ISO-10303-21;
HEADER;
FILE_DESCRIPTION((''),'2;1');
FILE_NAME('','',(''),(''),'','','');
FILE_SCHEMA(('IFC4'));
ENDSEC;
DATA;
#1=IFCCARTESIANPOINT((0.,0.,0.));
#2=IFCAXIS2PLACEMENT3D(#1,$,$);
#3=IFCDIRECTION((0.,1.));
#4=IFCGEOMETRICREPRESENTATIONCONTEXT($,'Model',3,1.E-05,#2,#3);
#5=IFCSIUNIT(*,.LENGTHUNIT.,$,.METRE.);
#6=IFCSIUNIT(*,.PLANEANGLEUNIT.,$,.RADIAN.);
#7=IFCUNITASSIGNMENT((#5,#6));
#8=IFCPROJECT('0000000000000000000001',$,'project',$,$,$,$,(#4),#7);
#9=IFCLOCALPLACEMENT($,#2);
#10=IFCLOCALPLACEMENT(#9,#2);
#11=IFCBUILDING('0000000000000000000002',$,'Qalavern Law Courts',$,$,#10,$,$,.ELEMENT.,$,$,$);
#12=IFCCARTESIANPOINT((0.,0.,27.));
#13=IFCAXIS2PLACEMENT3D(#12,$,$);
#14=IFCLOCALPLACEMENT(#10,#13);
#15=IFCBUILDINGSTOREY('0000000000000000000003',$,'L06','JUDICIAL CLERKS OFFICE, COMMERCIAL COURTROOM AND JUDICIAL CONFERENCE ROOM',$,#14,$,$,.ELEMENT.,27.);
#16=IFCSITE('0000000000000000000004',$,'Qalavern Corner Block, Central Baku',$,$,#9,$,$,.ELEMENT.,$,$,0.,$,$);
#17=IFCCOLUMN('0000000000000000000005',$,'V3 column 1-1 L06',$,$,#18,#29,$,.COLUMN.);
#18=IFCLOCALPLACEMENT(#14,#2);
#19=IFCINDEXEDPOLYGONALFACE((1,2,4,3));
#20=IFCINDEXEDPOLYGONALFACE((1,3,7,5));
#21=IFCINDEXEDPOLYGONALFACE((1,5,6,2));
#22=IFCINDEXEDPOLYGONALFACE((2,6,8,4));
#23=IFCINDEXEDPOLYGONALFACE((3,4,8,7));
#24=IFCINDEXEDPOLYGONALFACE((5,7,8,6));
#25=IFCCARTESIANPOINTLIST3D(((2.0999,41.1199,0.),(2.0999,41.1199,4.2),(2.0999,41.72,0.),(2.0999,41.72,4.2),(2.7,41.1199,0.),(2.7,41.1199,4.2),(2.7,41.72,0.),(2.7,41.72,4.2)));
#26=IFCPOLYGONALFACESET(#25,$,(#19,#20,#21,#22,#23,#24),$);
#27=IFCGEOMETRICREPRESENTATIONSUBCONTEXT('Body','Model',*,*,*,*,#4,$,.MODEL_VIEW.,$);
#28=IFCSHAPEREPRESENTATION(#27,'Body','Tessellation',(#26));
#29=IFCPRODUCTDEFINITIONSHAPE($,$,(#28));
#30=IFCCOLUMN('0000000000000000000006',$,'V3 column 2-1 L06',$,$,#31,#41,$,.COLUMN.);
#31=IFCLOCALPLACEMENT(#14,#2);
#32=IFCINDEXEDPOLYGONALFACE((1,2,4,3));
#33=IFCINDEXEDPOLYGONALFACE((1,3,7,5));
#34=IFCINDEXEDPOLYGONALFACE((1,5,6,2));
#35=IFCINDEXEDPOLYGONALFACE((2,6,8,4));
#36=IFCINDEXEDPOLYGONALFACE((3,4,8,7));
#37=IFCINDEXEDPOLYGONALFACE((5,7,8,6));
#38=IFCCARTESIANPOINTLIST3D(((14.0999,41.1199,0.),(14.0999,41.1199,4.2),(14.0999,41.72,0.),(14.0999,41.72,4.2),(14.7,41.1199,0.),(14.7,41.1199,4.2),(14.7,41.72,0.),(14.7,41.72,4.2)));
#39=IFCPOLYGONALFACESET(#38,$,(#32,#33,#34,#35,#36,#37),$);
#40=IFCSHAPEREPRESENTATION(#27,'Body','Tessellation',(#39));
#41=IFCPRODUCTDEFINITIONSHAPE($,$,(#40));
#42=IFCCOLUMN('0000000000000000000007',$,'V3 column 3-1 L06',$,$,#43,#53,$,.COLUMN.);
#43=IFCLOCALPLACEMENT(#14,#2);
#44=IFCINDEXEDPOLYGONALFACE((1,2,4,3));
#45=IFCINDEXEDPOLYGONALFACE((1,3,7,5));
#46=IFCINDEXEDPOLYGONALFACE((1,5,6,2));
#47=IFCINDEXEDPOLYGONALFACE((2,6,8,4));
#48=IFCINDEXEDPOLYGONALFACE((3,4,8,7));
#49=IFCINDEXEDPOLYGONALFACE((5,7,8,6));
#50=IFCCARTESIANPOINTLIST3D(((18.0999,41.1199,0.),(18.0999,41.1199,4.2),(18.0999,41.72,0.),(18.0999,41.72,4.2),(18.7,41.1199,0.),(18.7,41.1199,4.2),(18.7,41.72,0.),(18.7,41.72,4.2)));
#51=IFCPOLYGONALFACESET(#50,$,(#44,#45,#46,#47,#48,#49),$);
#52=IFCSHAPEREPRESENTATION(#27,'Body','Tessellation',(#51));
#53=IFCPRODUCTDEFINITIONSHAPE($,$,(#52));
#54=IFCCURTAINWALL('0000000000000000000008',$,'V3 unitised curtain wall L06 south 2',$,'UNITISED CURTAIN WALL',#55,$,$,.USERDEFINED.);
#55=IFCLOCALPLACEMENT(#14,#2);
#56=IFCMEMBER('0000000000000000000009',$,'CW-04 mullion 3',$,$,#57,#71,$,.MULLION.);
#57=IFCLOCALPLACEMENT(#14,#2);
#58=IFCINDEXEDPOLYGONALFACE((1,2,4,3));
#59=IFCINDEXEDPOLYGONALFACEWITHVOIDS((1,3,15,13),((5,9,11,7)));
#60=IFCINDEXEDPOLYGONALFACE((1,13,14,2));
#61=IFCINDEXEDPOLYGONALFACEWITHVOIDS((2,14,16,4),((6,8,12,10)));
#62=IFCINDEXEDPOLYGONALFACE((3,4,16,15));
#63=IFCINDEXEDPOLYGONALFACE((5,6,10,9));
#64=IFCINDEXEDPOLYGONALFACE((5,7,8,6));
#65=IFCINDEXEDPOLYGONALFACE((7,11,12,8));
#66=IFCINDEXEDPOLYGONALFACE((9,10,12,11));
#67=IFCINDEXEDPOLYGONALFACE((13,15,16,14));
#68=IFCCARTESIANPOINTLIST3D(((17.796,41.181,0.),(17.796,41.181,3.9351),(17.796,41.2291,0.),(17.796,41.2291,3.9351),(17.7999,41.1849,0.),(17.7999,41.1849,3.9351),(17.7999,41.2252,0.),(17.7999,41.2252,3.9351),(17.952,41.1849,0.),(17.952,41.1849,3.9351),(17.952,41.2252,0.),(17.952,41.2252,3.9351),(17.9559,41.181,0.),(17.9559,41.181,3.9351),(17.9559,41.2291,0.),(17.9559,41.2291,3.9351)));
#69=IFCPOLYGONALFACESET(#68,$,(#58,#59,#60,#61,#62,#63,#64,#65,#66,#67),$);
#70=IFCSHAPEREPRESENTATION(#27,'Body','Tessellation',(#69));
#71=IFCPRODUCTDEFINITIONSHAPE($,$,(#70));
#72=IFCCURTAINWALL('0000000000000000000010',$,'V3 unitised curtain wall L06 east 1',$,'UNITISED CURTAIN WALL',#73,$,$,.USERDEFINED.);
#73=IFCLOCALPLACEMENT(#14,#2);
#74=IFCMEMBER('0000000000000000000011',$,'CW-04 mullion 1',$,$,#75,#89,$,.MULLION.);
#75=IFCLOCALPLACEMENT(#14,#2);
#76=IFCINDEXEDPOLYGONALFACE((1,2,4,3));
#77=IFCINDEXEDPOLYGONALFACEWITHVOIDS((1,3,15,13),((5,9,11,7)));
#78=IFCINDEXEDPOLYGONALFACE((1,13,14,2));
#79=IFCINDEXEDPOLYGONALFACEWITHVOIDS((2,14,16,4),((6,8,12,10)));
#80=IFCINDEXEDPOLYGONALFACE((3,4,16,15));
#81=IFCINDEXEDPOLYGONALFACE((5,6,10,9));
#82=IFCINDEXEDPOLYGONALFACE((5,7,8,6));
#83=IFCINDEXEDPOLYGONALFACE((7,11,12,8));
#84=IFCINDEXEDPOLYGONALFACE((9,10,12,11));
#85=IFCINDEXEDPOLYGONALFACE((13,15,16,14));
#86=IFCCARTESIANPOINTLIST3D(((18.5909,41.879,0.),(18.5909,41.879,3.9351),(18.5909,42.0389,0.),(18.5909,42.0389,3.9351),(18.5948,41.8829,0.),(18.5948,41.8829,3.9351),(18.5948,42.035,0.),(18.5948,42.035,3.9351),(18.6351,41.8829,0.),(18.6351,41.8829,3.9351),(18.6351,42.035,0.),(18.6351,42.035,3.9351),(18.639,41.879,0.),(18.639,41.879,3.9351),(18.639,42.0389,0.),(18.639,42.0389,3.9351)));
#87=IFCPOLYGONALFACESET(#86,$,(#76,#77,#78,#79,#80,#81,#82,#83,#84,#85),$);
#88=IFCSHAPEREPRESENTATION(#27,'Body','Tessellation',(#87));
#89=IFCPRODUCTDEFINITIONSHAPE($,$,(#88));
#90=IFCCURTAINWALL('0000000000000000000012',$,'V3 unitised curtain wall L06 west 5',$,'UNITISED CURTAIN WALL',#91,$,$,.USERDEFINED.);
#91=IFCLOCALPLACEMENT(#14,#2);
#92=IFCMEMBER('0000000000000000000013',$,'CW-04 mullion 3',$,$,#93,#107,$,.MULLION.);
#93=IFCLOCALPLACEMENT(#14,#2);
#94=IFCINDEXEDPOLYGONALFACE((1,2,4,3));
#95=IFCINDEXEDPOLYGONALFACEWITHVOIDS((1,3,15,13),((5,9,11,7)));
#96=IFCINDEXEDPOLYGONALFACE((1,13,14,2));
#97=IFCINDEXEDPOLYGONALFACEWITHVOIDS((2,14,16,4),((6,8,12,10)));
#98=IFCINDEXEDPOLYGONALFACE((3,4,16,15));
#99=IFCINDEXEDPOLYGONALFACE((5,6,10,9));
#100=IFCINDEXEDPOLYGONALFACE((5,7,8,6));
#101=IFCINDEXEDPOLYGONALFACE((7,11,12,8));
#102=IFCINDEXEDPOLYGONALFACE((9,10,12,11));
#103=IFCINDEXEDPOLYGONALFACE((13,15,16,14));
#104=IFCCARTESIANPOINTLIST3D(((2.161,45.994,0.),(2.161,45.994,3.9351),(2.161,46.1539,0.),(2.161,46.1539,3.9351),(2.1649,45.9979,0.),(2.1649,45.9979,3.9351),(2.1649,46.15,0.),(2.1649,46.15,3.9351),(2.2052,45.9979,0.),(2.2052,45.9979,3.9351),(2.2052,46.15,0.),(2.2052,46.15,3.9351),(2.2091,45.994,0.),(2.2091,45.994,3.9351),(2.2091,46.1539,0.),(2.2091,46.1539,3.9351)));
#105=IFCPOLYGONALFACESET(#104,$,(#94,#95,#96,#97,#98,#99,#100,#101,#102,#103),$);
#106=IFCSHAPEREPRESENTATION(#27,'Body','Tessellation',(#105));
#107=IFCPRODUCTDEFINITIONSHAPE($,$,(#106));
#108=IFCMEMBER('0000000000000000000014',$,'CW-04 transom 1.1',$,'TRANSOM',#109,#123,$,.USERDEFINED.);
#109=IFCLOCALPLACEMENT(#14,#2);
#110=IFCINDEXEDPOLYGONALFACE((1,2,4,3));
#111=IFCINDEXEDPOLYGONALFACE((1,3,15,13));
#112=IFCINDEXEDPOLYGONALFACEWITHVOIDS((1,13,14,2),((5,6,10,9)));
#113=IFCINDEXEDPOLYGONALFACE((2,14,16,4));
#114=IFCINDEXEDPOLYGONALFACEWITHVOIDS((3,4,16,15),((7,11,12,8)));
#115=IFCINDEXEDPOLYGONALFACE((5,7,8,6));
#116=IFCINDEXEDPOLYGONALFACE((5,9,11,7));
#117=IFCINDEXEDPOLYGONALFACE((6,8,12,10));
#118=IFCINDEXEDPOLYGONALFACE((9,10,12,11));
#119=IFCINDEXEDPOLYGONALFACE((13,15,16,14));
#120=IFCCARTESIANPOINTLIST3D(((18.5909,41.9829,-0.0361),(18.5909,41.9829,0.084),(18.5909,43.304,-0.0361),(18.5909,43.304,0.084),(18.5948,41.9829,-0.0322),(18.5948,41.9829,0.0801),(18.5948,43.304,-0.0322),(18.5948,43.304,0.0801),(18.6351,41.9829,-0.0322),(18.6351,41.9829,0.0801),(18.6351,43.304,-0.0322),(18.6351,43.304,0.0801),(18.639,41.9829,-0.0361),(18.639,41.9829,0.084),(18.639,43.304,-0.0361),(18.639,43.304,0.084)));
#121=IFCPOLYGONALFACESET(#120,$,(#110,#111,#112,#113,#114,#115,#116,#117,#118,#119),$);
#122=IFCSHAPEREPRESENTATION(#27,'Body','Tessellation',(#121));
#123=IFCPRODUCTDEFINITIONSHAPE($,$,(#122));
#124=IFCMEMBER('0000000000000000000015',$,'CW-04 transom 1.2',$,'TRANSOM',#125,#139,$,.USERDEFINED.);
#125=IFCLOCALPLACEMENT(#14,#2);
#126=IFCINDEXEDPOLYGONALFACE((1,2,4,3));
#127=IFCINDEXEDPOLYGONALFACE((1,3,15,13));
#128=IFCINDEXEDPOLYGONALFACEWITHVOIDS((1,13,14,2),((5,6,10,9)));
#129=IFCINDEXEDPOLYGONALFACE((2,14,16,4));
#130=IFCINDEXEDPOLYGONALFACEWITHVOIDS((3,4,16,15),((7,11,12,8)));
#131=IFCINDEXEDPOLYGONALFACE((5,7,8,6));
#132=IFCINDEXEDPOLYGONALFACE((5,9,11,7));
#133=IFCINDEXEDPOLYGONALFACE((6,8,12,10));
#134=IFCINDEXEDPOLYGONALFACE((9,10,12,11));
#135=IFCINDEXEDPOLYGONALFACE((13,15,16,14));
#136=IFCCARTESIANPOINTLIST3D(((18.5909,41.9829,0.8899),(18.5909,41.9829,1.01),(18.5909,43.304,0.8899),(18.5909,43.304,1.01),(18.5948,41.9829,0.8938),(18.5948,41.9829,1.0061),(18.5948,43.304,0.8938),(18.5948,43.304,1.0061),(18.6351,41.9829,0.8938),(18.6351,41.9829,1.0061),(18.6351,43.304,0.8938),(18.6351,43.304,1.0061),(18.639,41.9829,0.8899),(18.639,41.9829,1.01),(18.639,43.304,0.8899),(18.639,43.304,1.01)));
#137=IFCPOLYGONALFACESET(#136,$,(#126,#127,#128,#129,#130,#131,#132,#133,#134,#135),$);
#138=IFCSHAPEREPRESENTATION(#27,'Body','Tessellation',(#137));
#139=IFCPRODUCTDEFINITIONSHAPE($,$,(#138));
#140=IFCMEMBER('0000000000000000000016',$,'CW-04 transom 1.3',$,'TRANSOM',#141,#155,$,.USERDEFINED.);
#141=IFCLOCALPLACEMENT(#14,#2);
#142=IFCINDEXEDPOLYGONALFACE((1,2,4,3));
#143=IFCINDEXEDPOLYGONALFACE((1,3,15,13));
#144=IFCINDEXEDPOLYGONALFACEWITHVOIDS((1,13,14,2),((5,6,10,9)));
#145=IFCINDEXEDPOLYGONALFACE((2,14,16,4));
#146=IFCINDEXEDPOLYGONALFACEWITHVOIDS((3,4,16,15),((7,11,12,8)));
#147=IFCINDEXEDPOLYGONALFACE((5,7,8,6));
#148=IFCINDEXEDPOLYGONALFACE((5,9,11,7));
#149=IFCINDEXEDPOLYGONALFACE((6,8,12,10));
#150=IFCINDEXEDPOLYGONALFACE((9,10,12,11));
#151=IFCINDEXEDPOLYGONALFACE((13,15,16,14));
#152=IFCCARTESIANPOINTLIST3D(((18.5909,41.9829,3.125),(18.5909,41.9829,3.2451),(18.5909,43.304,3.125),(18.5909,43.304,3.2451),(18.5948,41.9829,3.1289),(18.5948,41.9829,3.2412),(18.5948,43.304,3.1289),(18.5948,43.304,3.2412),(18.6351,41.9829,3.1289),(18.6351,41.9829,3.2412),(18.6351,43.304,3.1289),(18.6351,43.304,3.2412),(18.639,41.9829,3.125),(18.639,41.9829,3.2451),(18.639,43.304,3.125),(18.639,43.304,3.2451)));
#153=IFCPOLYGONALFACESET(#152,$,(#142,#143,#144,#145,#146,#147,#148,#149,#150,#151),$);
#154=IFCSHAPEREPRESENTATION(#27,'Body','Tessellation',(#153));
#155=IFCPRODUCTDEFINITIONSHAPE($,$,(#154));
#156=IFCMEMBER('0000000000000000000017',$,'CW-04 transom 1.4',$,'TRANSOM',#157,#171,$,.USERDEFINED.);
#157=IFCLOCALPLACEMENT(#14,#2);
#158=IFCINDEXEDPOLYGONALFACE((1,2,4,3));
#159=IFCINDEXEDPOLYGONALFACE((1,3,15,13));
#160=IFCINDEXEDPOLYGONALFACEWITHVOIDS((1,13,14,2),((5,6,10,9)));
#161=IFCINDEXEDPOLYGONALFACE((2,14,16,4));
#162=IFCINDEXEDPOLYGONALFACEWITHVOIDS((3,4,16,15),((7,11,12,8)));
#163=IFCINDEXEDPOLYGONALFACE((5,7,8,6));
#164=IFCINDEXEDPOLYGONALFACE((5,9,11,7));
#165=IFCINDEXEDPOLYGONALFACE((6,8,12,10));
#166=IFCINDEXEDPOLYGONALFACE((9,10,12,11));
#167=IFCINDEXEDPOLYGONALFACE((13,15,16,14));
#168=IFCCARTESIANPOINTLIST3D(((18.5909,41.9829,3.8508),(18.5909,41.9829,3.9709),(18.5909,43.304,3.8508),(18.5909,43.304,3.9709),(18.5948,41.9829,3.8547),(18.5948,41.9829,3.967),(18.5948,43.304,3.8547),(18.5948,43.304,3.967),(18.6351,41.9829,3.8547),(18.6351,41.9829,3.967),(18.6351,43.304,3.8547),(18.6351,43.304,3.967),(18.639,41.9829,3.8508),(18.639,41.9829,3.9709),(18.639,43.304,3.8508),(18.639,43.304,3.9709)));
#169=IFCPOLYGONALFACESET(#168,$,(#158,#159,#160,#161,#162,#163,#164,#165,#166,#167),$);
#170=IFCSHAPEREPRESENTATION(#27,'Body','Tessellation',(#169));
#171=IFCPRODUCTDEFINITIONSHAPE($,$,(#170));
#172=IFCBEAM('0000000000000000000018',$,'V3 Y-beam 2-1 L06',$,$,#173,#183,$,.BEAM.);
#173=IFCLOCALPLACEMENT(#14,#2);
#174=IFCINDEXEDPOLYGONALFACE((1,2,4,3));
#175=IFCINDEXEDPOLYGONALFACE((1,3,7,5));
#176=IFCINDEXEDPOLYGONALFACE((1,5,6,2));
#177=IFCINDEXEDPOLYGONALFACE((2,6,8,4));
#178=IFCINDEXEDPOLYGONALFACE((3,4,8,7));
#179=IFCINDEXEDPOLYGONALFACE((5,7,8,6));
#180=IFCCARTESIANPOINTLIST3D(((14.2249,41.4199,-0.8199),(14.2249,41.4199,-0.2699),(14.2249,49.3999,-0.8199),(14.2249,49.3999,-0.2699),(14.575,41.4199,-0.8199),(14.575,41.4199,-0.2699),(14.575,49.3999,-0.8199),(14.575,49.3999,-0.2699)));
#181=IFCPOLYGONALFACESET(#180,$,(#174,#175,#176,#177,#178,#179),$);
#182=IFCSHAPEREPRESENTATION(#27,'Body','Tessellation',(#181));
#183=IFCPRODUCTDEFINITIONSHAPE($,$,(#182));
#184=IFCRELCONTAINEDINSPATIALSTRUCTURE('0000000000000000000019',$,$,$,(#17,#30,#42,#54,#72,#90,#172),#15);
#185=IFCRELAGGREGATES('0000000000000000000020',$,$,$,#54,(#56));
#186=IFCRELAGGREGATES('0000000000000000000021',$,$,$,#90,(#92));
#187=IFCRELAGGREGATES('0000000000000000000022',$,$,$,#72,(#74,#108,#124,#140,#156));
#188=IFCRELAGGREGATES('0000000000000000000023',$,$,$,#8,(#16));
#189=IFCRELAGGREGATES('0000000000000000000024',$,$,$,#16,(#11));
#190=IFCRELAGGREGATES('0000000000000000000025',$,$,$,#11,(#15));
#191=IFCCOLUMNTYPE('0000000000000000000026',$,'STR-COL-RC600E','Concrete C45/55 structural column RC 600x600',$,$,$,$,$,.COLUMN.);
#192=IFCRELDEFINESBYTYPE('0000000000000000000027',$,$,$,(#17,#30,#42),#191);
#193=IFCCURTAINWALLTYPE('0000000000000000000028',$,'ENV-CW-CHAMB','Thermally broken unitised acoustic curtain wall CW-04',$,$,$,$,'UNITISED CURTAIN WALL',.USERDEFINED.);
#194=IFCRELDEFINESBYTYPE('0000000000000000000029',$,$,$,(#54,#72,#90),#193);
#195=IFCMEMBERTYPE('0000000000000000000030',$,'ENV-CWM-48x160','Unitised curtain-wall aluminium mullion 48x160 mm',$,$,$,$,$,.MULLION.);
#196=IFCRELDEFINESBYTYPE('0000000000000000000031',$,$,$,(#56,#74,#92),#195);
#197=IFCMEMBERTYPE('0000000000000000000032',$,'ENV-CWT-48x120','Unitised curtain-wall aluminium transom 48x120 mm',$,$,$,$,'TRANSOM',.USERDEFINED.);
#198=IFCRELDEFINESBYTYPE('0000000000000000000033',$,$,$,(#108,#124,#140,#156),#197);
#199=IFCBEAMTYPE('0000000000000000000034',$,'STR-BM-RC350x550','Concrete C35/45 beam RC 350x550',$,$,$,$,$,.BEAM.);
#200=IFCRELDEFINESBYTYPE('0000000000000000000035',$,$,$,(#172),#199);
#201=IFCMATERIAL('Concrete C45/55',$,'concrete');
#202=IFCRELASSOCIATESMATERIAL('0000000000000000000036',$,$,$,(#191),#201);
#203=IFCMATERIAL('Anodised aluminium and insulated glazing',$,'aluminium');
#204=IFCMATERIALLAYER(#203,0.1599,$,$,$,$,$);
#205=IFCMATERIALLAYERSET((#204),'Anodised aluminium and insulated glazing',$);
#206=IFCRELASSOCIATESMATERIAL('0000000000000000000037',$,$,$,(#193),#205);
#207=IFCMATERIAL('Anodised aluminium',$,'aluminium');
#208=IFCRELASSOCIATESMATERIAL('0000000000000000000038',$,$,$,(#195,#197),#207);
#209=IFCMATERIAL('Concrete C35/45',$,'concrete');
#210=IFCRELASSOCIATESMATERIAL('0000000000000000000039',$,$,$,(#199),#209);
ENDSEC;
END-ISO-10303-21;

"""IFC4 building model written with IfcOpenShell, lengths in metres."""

from ifc_helpers import new_model, si_unit, direction, frame, origin, origin_2d, place, context, subcontext, project, spatial, rectangle, hollow_rectangle, extrude, material, layer, layer_set, material_profile, profile_set, type_object, element, aggregate, save


model = new_model("IFC4")

# Units and contexts
model_context = context("Model", 3, precision=1e-05, world=origin(), true_north=direction((0.0, 1.0)))
body_context = subcontext(model_context, "Body", "Model", "MODEL_VIEW")
ifc_project = project(units=[si_unit("LENGTHUNIT", "METRE"), si_unit("PLANEANGLEUNIT", "RADIAN")], contexts=[model_context])

# Site, building, storey
site_placement = place(None, origin())
site = spatial("IfcSite", under=ifc_project, at=site_placement, Name="Qalavern Corner Block, Central Baku", CompositionType="ELEMENT", RefElevation=0.0)
building_placement = place(site_placement, origin())
building = spatial("IfcBuilding", under=site, at=building_placement, Name="Qalavern Law Courts", CompositionType="ELEMENT")
storey_placement = place(building_placement, frame((0.0, 0.0, 27.0)))
storey = spatial("IfcBuildingStorey", under=building, at=storey_placement, Name="L06", Description="JUDICIAL CLERKS OFFICE, COMMERCIAL COURTROOM AND JUDICIAL CONFERENCE ROOM", CompositionType="ELEMENT", Elevation=27.0)

# Columns
ifc_material_1 = material(Name="Concrete C45/55", Category="concrete")
ifc_material_profile_1 = material_profile(ifc_material_1, rectangle(XDim=0.6001, YDim=0.6001, at=origin_2d()), Name="RC 600x600")
ifc_profile_set_1 = profile_set([ifc_material_profile_1], Name="Concrete C45/55")
column_type = type_object("IfcColumnType", Name="STR-COL-RC600E", Description="Concrete C45/55 structural column RC 600x600", PredefinedType="COLUMN", material=ifc_profile_set_1)
for number, where, z_axis, x_axis, name in (
    (1, (2.3999, 41.4199, 0.0), (0.0, 0.0, 1.0), (1.0, 0.0, 0.0), "V3 column 1-1 L06"),
    (2, (14.3999, 41.4199, 0.0), (0.0, 0.0, 1.0), (1.0, 0.0, 0.0), "V3 column 2-1 L06"),
    (3, (18.3999, 41.4199, 0.0), (0.0, 0.0, 1.0), (1.0, 0.0, 0.0), "V3 column 3-1 L06"),
):
    element("IfcColumn", number, at=place(storey_placement, frame(where, z_axis=z_axis, x_axis=x_axis)), inside=storey, type_object=column_type, Name=name, PredefinedType="COLUMN", context=body_context, shape_type="SweptSolid", body=[
        extrude(rectangle(XDim=0.6001, YDim=0.6001, at=origin_2d()), origin(), (0.0, 0.0, 1.0), 4.2),
    ])

# Curtain walls, members
ifc_material_2 = material(Name="Anodised aluminium and insulated glazing", Category="aluminium")
ifc_layer_1 = layer(ifc_material_2, 0.1599)
ifc_layer_set_1 = layer_set([ifc_layer_1], Name="Anodised aluminium and insulated glazing")
curtain_wall_type = type_object("IfcCurtainWallType", Name="ENV-CW-CHAMB", Description="Thermally broken unitised acoustic curtain wall CW-04", ElementType="UNITISED CURTAIN WALL", PredefinedType="USERDEFINED", material=ifc_layer_set_1)
curtain_wall_1_placement = place(storey_placement, origin())
curtain_wall_1 = element("IfcCurtainWall", 4, at=curtain_wall_1_placement, inside=storey, type_object=curtain_wall_type, Name="V3 unitised curtain wall L06 south 2", ObjectType="UNITISED CURTAIN WALL", PredefinedType="USERDEFINED")
ifc_material_3 = material(Name="Anodised aluminium", Category="aluminium")
ifc_material_profile_2 = material_profile(ifc_material_3, hollow_rectangle(XDim=0.0481, YDim=0.1599, WallThickness=0.0039, at=origin_2d()), Name="ALU MULLION 48x160")
ifc_profile_set_2 = profile_set([ifc_material_profile_2], Name="Anodised aluminium")
member_type_1 = type_object("IfcMemberType", Name="ENV-CWM-48x160", Description="Unitised curtain-wall aluminium mullion 48x160 mm", PredefinedType="MULLION", material=ifc_profile_set_2)
member_1_placement = place(storey_placement, frame((17.876, 41.2051, 0.0), z_axis=(0.0, 0.0, 1.0), x_axis=(0.0, 1.0, 0.0)))
member_1 = element("IfcMember", 5, at=member_1_placement, type_object=member_type_1, Name="CW-04 mullion 3", PredefinedType="MULLION", context=body_context, shape_type="SweptSolid", body=[
    extrude(hollow_rectangle(XDim=0.0481, YDim=0.1599, WallThickness=0.0039, at=origin_2d()), origin(), (0.0, 0.0, 1.0), 3.9351),
])
aggregate(curtain_wall_1, [member_1])
curtain_wall_2_placement = place(storey_placement, origin())
curtain_wall_2 = element("IfcCurtainWall", 6, at=curtain_wall_2_placement, inside=storey, type_object=curtain_wall_type, Name="V3 unitised curtain wall L06 east 1", ObjectType="UNITISED CURTAIN WALL", PredefinedType="USERDEFINED")
member_2_placement = place(storey_placement, frame((18.615, 41.959, 0.0), z_axis=(0.0, 0.0, 1.0), x_axis=(-1.0, 0.0, 0.0)))
member_2 = element("IfcMember", 7, at=member_2_placement, type_object=member_type_1, Name="CW-04 mullion 1", PredefinedType="MULLION", context=body_context, shape_type="SweptSolid", body=[
    extrude(hollow_rectangle(XDim=0.0481, YDim=0.1599, WallThickness=0.0039, at=origin_2d()), origin(), (0.0, 0.0, 1.0), 3.9351),
])
curtain_wall_3_placement = place(storey_placement, origin())
curtain_wall_3 = element("IfcCurtainWall", 8, at=curtain_wall_3_placement, inside=storey, type_object=curtain_wall_type, Name="V3 unitised curtain wall L06 west 5", ObjectType="UNITISED CURTAIN WALL", PredefinedType="USERDEFINED")
member_3_placement = place(storey_placement, frame((2.1851, 46.074, 0.0), z_axis=(0.0, 0.0, 1.0), x_axis=(1.0, 0.0, 0.0)))
member_3 = element("IfcMember", 9, at=member_3_placement, type_object=member_type_1, Name="CW-04 mullion 3", PredefinedType="MULLION", context=body_context, shape_type="SweptSolid", body=[
    extrude(hollow_rectangle(XDim=0.0481, YDim=0.1599, WallThickness=0.0039, at=origin_2d()), origin(), (0.0, 0.0, 1.0), 3.9351),
])
aggregate(curtain_wall_3, [member_3])

# Members
ifc_material_profile_3 = material_profile(ifc_material_3, hollow_rectangle(XDim=0.0481, YDim=0.1201, WallThickness=0.0039, at=origin_2d()), Name="ALU TRANSOM 48x120")
ifc_profile_set_3 = profile_set([ifc_material_profile_3], Name="Anodised aluminium")
member_type_2 = type_object("IfcMemberType", Name="ENV-CWT-48x120", Description="Unitised curtain-wall aluminium transom 48x120 mm", ElementType="TRANSOM", PredefinedType="USERDEFINED", material=ifc_profile_set_3)
member_4_placement = place(storey_placement, frame((18.615, 41.9829, 0.0239), z_axis=(0.0, 1.0, 0.0), x_axis=(-1.0, 0.0, 0.0)))
member_4 = element("IfcMember", 10, at=member_4_placement, type_object=member_type_2, Name="CW-04 transom 1.1", ObjectType="TRANSOM", PredefinedType="USERDEFINED", context=body_context, shape_type="SweptSolid", body=[
    extrude(hollow_rectangle(XDim=0.0481, YDim=0.1201, WallThickness=0.0039, at=origin_2d()), origin(), (0.0, 0.0, 1.0), 1.321),
])
member_5_placement = place(storey_placement, frame((18.615, 41.9829, 0.95), z_axis=(0.0, 1.0, 0.0), x_axis=(-1.0, 0.0, 0.0)))
member_5 = element("IfcMember", 11, at=member_5_placement, type_object=member_type_2, Name="CW-04 transom 1.2", ObjectType="TRANSOM", PredefinedType="USERDEFINED", context=body_context, shape_type="SweptSolid", body=[
    extrude(hollow_rectangle(XDim=0.0481, YDim=0.1201, WallThickness=0.0039, at=origin_2d()), origin(), (0.0, 0.0, 1.0), 1.321),
])
member_6_placement = place(storey_placement, frame((18.615, 41.9829, 3.1851), z_axis=(0.0, 1.0, 0.0), x_axis=(-1.0, 0.0, 0.0)))
member_6 = element("IfcMember", 12, at=member_6_placement, type_object=member_type_2, Name="CW-04 transom 1.3", ObjectType="TRANSOM", PredefinedType="USERDEFINED", context=body_context, shape_type="SweptSolid", body=[
    extrude(hollow_rectangle(XDim=0.0481, YDim=0.1201, WallThickness=0.0039, at=origin_2d()), origin(), (0.0, 0.0, 1.0), 1.321),
])
member_7_placement = place(storey_placement, frame((18.615, 41.9829, 3.9109), z_axis=(0.0, 1.0, 0.0), x_axis=(-1.0, 0.0, 0.0)))
member_7 = element("IfcMember", 13, at=member_7_placement, type_object=member_type_2, Name="CW-04 transom 1.4", ObjectType="TRANSOM", PredefinedType="USERDEFINED", context=body_context, shape_type="SweptSolid", body=[
    extrude(hollow_rectangle(XDim=0.0481, YDim=0.1201, WallThickness=0.0039, at=origin_2d()), origin(), (0.0, 0.0, 1.0), 1.321),
])

# Beam
ifc_material_4 = material(Name="Concrete C35/45", Category="concrete")
ifc_material_profile_4 = material_profile(ifc_material_4, rectangle(XDim=0.3501, YDim=0.55, at=origin_2d()), Name="RC 350x550")
ifc_profile_set_4 = profile_set([ifc_material_profile_4], Name="Concrete C35/45")
beam_type_1 = type_object("IfcBeamType", Name="STR-BM-RC350x550", Description="Concrete C35/45 beam RC 350x550", PredefinedType="BEAM", material=ifc_profile_set_4)
beam_1_placement = place(storey_placement, frame((14.3999, 41.4199, -0.5449), z_axis=(0.0, 1.0, 0.0), x_axis=(-1.0, 0.0, 0.0)))
element("IfcBeam", 14, at=beam_1_placement, inside=storey, type_object=beam_type_1, Name="V3 Y-beam 2-1 L06", PredefinedType="BEAM", context=body_context, shape_type="SweptSolid", body=[
    extrude(rectangle(XDim=0.3501, YDim=0.55, at=origin_2d()), origin(), (0.0, 0.0, 1.0), 7.98),
])

aggregate(curtain_wall_2, [member_2, member_4, member_5, member_6, member_7])

save(model, "model.ifc")
